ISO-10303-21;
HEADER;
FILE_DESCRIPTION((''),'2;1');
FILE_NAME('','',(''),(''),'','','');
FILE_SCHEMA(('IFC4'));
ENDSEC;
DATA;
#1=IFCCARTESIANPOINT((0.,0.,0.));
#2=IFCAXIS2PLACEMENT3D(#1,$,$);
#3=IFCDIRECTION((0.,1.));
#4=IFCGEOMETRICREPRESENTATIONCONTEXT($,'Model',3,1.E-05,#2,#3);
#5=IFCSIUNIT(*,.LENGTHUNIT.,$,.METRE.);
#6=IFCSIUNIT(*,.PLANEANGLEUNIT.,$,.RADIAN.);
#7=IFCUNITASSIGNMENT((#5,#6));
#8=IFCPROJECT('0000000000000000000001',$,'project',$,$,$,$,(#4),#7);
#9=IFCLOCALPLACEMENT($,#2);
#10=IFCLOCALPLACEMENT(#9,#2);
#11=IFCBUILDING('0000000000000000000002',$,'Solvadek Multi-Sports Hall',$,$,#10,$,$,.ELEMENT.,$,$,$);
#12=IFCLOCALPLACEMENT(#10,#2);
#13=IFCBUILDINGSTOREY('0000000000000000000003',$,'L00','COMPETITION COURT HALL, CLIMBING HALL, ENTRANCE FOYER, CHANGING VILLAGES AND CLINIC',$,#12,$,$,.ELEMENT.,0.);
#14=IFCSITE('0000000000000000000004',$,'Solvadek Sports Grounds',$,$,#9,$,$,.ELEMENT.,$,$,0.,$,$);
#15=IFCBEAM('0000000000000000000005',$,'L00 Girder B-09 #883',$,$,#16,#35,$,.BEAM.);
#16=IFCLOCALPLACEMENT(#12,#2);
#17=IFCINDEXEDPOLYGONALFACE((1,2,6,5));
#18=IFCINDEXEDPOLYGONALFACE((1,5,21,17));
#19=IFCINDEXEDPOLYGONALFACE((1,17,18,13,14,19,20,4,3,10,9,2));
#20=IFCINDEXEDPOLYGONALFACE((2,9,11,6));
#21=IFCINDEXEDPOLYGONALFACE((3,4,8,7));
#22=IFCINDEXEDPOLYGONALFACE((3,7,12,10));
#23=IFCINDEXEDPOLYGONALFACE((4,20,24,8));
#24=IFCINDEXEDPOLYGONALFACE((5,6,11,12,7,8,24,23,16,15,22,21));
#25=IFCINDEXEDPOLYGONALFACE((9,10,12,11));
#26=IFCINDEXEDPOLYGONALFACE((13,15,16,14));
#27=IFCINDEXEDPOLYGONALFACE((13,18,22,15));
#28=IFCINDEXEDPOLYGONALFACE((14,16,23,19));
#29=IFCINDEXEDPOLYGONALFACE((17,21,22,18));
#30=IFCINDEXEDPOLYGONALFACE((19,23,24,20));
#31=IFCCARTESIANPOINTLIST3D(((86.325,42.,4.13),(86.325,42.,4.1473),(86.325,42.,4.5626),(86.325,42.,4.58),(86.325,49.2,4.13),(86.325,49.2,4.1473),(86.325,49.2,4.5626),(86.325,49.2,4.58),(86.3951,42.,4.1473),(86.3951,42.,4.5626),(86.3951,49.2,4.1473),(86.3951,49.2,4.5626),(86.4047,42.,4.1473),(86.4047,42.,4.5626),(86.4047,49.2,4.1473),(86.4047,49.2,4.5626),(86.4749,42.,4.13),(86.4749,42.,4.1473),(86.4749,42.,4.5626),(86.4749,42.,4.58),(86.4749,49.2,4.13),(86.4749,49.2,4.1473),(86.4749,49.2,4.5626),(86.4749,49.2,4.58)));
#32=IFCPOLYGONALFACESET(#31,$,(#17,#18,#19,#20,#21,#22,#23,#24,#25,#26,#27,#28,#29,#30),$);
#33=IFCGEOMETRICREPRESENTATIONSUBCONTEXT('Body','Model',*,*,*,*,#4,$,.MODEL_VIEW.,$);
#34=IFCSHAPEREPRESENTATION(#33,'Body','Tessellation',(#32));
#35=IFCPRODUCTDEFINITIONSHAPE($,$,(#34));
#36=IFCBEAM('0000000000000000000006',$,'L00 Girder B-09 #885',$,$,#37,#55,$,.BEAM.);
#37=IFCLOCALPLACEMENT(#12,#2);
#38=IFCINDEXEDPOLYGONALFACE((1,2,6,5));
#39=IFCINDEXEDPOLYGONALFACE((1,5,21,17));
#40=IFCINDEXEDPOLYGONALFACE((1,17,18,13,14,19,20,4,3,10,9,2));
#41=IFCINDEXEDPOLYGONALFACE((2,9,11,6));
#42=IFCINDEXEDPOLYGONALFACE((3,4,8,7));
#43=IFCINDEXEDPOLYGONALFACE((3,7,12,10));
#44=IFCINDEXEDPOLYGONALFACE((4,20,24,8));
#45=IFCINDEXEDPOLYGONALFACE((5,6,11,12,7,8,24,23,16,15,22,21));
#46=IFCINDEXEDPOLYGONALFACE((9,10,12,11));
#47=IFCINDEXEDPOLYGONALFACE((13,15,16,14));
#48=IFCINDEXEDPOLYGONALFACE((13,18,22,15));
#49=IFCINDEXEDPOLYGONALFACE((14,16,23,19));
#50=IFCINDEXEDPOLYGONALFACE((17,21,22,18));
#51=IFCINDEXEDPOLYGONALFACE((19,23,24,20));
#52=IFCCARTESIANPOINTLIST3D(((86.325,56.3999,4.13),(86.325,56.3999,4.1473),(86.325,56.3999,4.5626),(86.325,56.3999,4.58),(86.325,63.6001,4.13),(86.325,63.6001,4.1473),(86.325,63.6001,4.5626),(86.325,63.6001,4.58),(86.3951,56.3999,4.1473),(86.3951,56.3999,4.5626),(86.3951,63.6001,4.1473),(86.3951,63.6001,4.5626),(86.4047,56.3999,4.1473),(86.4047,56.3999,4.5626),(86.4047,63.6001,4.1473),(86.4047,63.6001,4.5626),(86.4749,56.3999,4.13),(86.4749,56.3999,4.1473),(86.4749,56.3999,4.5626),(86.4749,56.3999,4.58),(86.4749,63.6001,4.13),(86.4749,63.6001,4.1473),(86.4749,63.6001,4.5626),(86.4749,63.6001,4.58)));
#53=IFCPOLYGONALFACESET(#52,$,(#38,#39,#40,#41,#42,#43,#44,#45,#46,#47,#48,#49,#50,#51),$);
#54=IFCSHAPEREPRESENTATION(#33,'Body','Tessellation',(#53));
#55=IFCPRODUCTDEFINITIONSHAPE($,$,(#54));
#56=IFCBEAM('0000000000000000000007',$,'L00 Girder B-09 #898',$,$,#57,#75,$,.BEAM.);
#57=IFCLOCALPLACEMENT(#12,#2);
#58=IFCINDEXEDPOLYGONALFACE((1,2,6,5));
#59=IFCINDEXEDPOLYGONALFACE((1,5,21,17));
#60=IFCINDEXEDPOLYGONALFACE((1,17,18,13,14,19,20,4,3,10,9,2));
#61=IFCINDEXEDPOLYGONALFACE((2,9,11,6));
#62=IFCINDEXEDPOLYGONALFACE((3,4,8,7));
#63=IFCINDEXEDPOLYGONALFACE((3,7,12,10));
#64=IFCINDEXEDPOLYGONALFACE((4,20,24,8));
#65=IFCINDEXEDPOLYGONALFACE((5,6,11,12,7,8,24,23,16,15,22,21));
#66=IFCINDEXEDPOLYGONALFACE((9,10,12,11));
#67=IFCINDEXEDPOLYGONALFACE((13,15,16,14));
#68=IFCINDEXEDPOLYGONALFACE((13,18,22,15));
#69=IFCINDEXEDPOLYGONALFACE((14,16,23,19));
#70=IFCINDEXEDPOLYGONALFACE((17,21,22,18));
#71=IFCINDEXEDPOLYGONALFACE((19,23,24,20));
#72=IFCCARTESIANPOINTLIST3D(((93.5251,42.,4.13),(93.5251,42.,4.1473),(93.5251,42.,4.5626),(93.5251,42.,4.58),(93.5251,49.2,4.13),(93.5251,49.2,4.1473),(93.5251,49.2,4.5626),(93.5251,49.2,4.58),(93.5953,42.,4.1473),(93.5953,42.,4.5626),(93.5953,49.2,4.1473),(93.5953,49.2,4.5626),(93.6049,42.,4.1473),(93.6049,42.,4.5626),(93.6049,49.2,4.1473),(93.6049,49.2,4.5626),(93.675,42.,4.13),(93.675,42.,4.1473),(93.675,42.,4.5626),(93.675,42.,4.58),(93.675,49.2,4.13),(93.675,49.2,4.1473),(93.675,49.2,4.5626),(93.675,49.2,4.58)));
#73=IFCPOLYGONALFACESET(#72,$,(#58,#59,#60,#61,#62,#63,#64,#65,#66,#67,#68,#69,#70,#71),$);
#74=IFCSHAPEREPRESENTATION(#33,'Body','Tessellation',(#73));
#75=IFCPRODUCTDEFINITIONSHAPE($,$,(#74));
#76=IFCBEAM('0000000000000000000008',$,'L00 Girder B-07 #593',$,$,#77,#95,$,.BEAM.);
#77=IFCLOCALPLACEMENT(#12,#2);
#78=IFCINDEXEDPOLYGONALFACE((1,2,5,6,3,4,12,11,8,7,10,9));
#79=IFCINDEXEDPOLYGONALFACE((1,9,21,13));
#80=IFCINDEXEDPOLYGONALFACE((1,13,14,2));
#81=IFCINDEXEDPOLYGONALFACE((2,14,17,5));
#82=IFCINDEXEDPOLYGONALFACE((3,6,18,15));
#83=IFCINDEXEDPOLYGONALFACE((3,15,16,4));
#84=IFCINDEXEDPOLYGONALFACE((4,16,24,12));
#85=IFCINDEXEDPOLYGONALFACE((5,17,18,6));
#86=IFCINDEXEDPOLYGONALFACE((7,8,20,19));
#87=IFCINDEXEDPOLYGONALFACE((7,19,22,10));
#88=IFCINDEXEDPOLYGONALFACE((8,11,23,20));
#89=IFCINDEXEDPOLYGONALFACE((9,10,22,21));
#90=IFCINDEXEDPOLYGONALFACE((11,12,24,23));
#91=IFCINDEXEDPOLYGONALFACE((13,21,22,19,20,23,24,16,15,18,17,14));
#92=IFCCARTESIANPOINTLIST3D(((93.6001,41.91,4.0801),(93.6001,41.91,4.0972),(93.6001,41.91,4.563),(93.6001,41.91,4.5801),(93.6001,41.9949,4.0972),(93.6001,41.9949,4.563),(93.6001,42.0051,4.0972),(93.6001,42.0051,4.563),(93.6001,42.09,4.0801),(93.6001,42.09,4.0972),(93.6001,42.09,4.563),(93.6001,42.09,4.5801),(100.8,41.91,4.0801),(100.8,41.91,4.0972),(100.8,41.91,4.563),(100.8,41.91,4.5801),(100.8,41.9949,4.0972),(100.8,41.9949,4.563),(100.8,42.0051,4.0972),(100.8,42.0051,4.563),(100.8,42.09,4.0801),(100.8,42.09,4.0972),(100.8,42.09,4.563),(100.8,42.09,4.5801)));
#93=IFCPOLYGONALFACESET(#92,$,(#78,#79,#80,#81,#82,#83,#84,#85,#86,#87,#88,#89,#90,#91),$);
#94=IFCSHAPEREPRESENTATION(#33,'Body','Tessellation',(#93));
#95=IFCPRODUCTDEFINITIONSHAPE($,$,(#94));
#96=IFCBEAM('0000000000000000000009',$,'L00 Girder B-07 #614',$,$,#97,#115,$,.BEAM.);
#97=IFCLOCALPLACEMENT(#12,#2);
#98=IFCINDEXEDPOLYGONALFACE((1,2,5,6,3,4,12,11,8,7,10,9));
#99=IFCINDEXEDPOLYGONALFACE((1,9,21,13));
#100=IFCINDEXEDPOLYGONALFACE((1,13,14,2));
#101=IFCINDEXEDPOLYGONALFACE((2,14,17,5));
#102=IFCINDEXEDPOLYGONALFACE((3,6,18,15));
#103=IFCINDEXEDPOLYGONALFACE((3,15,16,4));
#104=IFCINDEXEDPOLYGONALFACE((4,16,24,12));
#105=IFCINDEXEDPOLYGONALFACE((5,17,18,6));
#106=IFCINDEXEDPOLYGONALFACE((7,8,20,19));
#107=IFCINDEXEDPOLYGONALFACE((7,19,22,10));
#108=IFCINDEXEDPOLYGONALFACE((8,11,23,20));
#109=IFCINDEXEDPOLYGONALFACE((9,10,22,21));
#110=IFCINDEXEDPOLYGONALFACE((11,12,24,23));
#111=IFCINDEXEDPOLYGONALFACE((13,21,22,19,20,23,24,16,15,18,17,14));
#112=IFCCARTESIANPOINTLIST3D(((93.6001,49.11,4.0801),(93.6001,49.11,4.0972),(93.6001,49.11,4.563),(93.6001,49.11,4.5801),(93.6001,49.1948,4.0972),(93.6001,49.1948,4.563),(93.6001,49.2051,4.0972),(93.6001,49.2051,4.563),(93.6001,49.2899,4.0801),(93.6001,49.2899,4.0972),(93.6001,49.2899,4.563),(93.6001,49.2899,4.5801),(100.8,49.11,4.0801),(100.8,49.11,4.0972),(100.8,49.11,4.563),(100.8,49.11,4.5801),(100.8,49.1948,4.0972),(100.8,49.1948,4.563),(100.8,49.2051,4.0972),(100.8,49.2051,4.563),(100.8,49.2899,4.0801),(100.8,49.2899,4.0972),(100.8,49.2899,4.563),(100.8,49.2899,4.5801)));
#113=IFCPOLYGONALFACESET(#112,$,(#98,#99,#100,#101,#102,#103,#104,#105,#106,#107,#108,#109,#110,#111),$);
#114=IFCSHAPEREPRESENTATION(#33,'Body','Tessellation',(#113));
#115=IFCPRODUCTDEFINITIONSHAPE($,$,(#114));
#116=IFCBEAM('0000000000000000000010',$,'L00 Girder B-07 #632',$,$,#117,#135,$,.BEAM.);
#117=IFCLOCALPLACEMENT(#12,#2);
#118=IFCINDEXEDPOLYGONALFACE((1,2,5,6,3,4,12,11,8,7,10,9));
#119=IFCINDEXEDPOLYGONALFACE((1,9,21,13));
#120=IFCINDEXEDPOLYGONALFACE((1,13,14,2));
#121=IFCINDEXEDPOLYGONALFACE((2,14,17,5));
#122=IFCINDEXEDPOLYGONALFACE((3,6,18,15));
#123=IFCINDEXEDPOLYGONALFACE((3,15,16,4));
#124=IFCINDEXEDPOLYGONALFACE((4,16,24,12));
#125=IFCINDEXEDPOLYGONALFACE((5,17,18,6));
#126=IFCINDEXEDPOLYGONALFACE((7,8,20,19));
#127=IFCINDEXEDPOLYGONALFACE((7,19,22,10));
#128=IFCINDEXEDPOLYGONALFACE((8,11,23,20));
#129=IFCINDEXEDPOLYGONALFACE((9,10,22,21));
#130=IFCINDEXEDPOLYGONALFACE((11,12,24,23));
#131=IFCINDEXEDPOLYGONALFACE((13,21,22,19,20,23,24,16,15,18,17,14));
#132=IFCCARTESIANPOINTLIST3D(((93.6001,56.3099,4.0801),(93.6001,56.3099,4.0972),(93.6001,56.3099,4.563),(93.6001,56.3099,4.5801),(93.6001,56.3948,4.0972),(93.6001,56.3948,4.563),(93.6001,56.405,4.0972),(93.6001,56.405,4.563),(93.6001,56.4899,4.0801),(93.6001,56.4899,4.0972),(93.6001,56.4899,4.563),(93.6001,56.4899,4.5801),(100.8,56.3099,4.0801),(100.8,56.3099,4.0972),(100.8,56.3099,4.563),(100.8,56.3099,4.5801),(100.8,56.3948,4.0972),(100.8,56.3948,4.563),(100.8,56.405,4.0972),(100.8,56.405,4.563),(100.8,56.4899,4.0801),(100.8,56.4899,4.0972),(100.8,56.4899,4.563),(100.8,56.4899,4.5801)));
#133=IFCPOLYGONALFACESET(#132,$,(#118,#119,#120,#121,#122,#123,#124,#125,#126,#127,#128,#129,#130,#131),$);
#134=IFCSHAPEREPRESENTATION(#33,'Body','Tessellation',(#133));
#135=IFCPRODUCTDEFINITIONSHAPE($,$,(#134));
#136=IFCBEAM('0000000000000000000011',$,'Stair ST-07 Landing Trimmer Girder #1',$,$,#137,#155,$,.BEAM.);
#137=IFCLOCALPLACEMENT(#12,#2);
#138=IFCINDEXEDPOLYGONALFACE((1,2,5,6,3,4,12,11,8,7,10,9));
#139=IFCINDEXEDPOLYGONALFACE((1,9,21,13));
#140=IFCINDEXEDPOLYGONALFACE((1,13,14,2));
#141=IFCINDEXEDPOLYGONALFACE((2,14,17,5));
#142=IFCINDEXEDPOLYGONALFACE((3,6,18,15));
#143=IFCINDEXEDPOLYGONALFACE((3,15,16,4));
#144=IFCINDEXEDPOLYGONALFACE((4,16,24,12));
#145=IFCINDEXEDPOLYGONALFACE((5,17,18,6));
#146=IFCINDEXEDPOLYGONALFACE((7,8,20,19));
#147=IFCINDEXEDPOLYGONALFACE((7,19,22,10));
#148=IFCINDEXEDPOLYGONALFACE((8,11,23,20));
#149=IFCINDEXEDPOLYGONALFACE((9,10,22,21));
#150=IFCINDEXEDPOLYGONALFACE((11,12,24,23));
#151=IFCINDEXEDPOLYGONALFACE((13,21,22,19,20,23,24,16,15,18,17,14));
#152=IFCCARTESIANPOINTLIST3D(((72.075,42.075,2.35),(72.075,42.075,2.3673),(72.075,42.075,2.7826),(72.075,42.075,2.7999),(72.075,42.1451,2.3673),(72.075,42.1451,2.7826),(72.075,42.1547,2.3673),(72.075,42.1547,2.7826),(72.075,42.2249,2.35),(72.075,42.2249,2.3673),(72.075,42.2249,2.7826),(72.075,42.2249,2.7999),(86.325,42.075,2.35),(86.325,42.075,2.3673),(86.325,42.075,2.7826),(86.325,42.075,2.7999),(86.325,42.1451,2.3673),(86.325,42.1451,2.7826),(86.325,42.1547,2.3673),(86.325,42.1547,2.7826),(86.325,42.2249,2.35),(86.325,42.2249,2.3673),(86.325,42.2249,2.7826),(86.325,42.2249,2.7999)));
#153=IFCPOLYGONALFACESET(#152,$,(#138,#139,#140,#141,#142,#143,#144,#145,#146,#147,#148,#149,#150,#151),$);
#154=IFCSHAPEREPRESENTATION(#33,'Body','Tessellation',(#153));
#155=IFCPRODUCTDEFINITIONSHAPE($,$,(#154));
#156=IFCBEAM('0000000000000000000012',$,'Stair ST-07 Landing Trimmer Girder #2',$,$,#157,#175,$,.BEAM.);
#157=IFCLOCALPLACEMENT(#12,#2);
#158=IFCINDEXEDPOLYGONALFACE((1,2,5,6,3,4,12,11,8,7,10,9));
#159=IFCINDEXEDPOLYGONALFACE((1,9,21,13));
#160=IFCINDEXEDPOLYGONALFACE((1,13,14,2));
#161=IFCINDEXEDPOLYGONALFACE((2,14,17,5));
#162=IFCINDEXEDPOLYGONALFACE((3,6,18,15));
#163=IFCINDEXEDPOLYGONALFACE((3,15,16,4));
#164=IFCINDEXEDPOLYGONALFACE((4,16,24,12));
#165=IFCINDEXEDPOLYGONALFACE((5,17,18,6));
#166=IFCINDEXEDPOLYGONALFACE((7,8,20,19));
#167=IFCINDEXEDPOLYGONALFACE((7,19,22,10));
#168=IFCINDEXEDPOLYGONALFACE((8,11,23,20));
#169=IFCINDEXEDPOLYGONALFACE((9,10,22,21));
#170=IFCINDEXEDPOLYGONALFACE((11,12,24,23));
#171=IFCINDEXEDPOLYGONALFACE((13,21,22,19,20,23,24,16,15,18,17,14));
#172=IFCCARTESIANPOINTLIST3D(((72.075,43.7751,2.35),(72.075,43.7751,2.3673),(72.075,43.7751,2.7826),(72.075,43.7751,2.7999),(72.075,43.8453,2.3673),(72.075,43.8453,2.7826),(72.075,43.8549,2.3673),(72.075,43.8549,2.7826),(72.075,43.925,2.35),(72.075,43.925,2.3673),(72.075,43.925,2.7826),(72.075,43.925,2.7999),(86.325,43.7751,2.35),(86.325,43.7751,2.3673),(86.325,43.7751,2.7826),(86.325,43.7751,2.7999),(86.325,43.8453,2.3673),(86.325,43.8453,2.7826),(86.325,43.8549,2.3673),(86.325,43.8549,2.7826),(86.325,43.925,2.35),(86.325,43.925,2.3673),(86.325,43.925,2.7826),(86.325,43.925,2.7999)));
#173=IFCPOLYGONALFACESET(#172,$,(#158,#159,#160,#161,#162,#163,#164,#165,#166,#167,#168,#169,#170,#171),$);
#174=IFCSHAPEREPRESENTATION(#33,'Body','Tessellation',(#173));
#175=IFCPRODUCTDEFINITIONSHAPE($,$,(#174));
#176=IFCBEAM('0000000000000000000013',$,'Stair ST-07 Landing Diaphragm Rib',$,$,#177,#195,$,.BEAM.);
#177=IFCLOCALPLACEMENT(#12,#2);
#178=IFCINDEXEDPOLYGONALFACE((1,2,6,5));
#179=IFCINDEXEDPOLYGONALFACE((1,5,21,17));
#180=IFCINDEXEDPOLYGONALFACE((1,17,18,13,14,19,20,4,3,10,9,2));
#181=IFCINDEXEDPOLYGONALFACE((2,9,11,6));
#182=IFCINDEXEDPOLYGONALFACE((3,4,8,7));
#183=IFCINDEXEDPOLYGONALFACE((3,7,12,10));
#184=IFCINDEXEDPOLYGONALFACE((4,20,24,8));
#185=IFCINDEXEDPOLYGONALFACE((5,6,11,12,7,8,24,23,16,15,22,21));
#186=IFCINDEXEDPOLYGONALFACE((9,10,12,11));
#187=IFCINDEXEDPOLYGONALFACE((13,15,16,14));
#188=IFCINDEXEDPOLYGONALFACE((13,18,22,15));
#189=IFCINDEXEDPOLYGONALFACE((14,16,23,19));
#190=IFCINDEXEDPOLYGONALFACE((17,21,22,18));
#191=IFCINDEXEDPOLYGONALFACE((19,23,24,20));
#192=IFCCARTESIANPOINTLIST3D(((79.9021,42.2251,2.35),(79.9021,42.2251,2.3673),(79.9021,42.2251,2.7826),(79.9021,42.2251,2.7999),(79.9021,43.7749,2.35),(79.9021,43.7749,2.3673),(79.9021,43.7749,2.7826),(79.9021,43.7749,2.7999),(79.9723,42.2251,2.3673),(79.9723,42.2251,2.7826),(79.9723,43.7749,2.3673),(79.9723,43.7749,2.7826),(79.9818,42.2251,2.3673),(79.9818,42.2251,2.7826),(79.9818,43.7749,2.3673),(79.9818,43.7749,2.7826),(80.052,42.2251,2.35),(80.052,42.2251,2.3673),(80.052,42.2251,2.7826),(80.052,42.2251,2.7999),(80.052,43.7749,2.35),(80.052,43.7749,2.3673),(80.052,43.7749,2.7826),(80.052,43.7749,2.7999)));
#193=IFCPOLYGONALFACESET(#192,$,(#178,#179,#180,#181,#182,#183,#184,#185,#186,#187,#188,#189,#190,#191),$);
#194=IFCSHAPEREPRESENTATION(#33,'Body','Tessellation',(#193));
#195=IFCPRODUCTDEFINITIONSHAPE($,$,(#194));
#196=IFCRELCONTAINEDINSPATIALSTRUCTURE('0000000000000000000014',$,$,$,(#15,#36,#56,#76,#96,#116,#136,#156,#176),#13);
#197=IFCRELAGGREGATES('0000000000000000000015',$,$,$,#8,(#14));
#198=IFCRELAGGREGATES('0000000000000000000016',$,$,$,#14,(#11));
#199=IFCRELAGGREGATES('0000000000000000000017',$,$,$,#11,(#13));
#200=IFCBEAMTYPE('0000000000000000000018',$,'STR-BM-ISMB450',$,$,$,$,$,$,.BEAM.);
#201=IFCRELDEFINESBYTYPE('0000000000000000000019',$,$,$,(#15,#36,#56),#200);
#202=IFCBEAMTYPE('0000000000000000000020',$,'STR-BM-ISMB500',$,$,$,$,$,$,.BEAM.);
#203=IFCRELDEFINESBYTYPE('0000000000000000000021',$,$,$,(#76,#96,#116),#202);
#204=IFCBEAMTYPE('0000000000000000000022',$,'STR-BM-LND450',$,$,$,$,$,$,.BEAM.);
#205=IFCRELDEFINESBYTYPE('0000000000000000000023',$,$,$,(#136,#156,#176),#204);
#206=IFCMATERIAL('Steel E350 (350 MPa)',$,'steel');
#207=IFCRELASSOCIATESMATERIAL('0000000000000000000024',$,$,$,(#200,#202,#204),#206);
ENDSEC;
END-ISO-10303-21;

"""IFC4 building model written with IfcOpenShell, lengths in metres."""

from ifc_helpers import new_model, si_unit, direction, frame, origin, origin_2d, place, context, subcontext, project, spatial, i_section, extrude, material, material_profile, profile_set, type_object, element, save


model = new_model("IFC4")

# Units and contexts
model_context = context("Model", 3, precision=1e-05, world=origin(), true_north=direction((0.0, 1.0)))
body_context = subcontext(model_context, "Body", "Model", "MODEL_VIEW")
ifc_project = project(units=[si_unit("LENGTHUNIT", "METRE"), si_unit("PLANEANGLEUNIT", "RADIAN")], contexts=[model_context])

# Site, building, storey
site_placement = place(None, origin())
site = spatial("IfcSite", under=ifc_project, at=site_placement, Name="Solvadek Sports Grounds", CompositionType="ELEMENT", RefElevation=0.0)
building_placement = place(site_placement, origin())
building = spatial("IfcBuilding", under=site, at=building_placement, Name="Solvadek Multi-Sports Hall", CompositionType="ELEMENT")
storey_placement = place(building_placement, origin())
storey = spatial("IfcBuildingStorey", under=building, at=storey_placement, Name="L00", Description="COMPETITION COURT HALL, CLIMBING HALL, ENTRANCE FOYER, CHANGING VILLAGES AND CLINIC", CompositionType="ELEMENT", Elevation=0.0)

# Shared definitions
ifc_material_1 = material(Name="Steel E350 (350 MPa)", Category="steel")

# Beams
ifc_material_profile_1 = material_profile(ifc_material_1, i_section(OverallWidth=0.1499, OverallDepth=0.45, WebThickness=0.0095, FlangeThickness=0.0173, at=origin_2d()), Name="ISMB 450")
ifc_profile_set_1 = profile_set([ifc_material_profile_1], Name="Steel E350 (350 MPa)")
beam_type_1 = type_object("IfcBeamType", Name="STR-BM-ISMB450", PredefinedType="BEAM", material=ifc_profile_set_1)
beam_1_placement = place(storey_placement, frame((86.3999, 42.0, 4.355), z_axis=(0.0, 1.0, 0.0), x_axis=(-1.0, 0.0, 0.0)))
element("IfcBeam", 1, at=beam_1_placement, inside=storey, type_object=beam_type_1, Name="L00 Girder B-09 #883", PredefinedType="BEAM", context=body_context, shape_type="SweptSolid", body=[
    extrude(i_section(OverallWidth=0.1499, OverallDepth=0.45, WebThickness=0.0095, FlangeThickness=0.0173, at=origin_2d()), origin(), (0.0, 0.0, 1.0), 7.2),
])
beam_2_placement = place(storey_placement, frame((86.3999, 56.3999, 4.355), z_axis=(0.0, 1.0, 0.0), x_axis=(-1.0, 0.0, 0.0)))
element("IfcBeam", 2, at=beam_2_placement, inside=storey, type_object=beam_type_1, Name="L00 Girder B-09 #885", PredefinedType="BEAM", context=body_context, shape_type="SweptSolid", body=[
    extrude(i_section(OverallWidth=0.1499, OverallDepth=0.45, WebThickness=0.0095, FlangeThickness=0.0173, at=origin_2d()), origin(), (0.0, 0.0, 1.0), 7.2002),
])
beam_3_placement = place(storey_placement, frame((93.6001, 42.0, 4.355), z_axis=(0.0, 1.0, 0.0), x_axis=(-1.0, 0.0, 0.0)))
element("IfcBeam", 3, at=beam_3_placement, inside=storey, type_object=beam_type_1, Name="L00 Girder B-09 #898", PredefinedType="BEAM", context=body_context, shape_type="SweptSolid", body=[
    extrude(i_section(OverallWidth=0.1499, OverallDepth=0.45, WebThickness=0.0095, FlangeThickness=0.0173, at=origin_2d()), origin(), (0.0, 0.0, 1.0), 7.2),
])
ifc_material_profile_2 = material_profile(ifc_material_1, i_section(OverallWidth=0.1799, OverallDepth=0.5, WebThickness=0.0103, FlangeThickness=0.0171, at=origin_2d()), Name="ISMB 500")
ifc_profile_set_2 = profile_set([ifc_material_profile_2], Name="Steel E350 (350 MPa)")
beam_type_2 = type_object("IfcBeamType", Name="STR-BM-ISMB500", PredefinedType="BEAM", material=ifc_profile_set_2)
for number, where, z_axis, x_axis, name in (
    (4, (93.6001, 42.0, 4.3301), (1.0, 0.0, 0.0), (0.0, 1.0, 0.0), "L00 Girder B-07 #593"),
    (5, (93.6001, 49.2, 4.3301), (1.0, 0.0, 0.0), (0.0, 1.0, 0.0), "L00 Girder B-07 #614"),
    (6, (93.6001, 56.3999, 4.3301), (1.0, 0.0, 0.0), (0.0, 1.0, 0.0), "L00 Girder B-07 #632"),
):
    element("IfcBeam", number, at=place(storey_placement, frame(where, z_axis=z_axis, x_axis=x_axis)), inside=storey, type_object=beam_type_2, Name=name, PredefinedType="BEAM", context=body_context, shape_type="SweptSolid", body=[
        extrude(i_section(OverallWidth=0.1799, OverallDepth=0.5, WebThickness=0.0103, FlangeThickness=0.0171, at=origin_2d()), origin(), (0.0, 0.0, 1.0), 7.2),
    ])
ifc_material_profile_3 = material_profile(ifc_material_1, i_section(OverallWidth=0.1499, OverallDepth=0.45, WebThickness=0.0095, FlangeThickness=0.0173, at=origin_2d()), Name="ISMB 450")
ifc_profile_set_3 = profile_set([ifc_material_profile_3], Name="Steel E350 (350 MPa)")
beam_type_3 = type_object("IfcBeamType", Name="STR-BM-LND450", PredefinedType="BEAM", material=ifc_profile_set_3)
for number, where, z_axis, x_axis, name in (
    (7, (72.075, 42.1499, 2.575), (1.0, 0.0, 0.0), (0.0, 1.0, 0.0), "Stair ST-07 Landing Trimmer Girder #1"),
    (8, (72.075, 43.8501, 2.575), (1.0, 0.0, 0.0), (0.0, 1.0, 0.0), "Stair ST-07 Landing Trimmer Girder #2"),
):
    element("IfcBeam", number, at=place(storey_placement, frame(where, z_axis=z_axis, x_axis=x_axis)), inside=storey, type_object=beam_type_3, Name=name, PredefinedType="BEAM", context=body_context, shape_type="SweptSolid", body=[
        extrude(i_section(OverallWidth=0.1499, OverallDepth=0.45, WebThickness=0.0095, FlangeThickness=0.0173, at=origin_2d()), origin(), (0.0, 0.0, 1.0), 14.25),
    ])
beam_4_placement = place(storey_placement, frame((79.9771, 42.2251, 2.575), z_axis=(0.0, 1.0, 0.0), x_axis=(-1.0, 0.0, 0.0)))
element("IfcBeam", 9, at=beam_4_placement, inside=storey, type_object=beam_type_3, Name="Stair ST-07 Landing Diaphragm Rib", PredefinedType="BEAM", context=body_context, shape_type="SweptSolid", body=[
    extrude(i_section(OverallWidth=0.1499, OverallDepth=0.45, WebThickness=0.0095, FlangeThickness=0.0173, at=origin_2d()), origin(), (0.0, 0.0, 1.0), 1.5498),
])

save(model, "model.ifc")
